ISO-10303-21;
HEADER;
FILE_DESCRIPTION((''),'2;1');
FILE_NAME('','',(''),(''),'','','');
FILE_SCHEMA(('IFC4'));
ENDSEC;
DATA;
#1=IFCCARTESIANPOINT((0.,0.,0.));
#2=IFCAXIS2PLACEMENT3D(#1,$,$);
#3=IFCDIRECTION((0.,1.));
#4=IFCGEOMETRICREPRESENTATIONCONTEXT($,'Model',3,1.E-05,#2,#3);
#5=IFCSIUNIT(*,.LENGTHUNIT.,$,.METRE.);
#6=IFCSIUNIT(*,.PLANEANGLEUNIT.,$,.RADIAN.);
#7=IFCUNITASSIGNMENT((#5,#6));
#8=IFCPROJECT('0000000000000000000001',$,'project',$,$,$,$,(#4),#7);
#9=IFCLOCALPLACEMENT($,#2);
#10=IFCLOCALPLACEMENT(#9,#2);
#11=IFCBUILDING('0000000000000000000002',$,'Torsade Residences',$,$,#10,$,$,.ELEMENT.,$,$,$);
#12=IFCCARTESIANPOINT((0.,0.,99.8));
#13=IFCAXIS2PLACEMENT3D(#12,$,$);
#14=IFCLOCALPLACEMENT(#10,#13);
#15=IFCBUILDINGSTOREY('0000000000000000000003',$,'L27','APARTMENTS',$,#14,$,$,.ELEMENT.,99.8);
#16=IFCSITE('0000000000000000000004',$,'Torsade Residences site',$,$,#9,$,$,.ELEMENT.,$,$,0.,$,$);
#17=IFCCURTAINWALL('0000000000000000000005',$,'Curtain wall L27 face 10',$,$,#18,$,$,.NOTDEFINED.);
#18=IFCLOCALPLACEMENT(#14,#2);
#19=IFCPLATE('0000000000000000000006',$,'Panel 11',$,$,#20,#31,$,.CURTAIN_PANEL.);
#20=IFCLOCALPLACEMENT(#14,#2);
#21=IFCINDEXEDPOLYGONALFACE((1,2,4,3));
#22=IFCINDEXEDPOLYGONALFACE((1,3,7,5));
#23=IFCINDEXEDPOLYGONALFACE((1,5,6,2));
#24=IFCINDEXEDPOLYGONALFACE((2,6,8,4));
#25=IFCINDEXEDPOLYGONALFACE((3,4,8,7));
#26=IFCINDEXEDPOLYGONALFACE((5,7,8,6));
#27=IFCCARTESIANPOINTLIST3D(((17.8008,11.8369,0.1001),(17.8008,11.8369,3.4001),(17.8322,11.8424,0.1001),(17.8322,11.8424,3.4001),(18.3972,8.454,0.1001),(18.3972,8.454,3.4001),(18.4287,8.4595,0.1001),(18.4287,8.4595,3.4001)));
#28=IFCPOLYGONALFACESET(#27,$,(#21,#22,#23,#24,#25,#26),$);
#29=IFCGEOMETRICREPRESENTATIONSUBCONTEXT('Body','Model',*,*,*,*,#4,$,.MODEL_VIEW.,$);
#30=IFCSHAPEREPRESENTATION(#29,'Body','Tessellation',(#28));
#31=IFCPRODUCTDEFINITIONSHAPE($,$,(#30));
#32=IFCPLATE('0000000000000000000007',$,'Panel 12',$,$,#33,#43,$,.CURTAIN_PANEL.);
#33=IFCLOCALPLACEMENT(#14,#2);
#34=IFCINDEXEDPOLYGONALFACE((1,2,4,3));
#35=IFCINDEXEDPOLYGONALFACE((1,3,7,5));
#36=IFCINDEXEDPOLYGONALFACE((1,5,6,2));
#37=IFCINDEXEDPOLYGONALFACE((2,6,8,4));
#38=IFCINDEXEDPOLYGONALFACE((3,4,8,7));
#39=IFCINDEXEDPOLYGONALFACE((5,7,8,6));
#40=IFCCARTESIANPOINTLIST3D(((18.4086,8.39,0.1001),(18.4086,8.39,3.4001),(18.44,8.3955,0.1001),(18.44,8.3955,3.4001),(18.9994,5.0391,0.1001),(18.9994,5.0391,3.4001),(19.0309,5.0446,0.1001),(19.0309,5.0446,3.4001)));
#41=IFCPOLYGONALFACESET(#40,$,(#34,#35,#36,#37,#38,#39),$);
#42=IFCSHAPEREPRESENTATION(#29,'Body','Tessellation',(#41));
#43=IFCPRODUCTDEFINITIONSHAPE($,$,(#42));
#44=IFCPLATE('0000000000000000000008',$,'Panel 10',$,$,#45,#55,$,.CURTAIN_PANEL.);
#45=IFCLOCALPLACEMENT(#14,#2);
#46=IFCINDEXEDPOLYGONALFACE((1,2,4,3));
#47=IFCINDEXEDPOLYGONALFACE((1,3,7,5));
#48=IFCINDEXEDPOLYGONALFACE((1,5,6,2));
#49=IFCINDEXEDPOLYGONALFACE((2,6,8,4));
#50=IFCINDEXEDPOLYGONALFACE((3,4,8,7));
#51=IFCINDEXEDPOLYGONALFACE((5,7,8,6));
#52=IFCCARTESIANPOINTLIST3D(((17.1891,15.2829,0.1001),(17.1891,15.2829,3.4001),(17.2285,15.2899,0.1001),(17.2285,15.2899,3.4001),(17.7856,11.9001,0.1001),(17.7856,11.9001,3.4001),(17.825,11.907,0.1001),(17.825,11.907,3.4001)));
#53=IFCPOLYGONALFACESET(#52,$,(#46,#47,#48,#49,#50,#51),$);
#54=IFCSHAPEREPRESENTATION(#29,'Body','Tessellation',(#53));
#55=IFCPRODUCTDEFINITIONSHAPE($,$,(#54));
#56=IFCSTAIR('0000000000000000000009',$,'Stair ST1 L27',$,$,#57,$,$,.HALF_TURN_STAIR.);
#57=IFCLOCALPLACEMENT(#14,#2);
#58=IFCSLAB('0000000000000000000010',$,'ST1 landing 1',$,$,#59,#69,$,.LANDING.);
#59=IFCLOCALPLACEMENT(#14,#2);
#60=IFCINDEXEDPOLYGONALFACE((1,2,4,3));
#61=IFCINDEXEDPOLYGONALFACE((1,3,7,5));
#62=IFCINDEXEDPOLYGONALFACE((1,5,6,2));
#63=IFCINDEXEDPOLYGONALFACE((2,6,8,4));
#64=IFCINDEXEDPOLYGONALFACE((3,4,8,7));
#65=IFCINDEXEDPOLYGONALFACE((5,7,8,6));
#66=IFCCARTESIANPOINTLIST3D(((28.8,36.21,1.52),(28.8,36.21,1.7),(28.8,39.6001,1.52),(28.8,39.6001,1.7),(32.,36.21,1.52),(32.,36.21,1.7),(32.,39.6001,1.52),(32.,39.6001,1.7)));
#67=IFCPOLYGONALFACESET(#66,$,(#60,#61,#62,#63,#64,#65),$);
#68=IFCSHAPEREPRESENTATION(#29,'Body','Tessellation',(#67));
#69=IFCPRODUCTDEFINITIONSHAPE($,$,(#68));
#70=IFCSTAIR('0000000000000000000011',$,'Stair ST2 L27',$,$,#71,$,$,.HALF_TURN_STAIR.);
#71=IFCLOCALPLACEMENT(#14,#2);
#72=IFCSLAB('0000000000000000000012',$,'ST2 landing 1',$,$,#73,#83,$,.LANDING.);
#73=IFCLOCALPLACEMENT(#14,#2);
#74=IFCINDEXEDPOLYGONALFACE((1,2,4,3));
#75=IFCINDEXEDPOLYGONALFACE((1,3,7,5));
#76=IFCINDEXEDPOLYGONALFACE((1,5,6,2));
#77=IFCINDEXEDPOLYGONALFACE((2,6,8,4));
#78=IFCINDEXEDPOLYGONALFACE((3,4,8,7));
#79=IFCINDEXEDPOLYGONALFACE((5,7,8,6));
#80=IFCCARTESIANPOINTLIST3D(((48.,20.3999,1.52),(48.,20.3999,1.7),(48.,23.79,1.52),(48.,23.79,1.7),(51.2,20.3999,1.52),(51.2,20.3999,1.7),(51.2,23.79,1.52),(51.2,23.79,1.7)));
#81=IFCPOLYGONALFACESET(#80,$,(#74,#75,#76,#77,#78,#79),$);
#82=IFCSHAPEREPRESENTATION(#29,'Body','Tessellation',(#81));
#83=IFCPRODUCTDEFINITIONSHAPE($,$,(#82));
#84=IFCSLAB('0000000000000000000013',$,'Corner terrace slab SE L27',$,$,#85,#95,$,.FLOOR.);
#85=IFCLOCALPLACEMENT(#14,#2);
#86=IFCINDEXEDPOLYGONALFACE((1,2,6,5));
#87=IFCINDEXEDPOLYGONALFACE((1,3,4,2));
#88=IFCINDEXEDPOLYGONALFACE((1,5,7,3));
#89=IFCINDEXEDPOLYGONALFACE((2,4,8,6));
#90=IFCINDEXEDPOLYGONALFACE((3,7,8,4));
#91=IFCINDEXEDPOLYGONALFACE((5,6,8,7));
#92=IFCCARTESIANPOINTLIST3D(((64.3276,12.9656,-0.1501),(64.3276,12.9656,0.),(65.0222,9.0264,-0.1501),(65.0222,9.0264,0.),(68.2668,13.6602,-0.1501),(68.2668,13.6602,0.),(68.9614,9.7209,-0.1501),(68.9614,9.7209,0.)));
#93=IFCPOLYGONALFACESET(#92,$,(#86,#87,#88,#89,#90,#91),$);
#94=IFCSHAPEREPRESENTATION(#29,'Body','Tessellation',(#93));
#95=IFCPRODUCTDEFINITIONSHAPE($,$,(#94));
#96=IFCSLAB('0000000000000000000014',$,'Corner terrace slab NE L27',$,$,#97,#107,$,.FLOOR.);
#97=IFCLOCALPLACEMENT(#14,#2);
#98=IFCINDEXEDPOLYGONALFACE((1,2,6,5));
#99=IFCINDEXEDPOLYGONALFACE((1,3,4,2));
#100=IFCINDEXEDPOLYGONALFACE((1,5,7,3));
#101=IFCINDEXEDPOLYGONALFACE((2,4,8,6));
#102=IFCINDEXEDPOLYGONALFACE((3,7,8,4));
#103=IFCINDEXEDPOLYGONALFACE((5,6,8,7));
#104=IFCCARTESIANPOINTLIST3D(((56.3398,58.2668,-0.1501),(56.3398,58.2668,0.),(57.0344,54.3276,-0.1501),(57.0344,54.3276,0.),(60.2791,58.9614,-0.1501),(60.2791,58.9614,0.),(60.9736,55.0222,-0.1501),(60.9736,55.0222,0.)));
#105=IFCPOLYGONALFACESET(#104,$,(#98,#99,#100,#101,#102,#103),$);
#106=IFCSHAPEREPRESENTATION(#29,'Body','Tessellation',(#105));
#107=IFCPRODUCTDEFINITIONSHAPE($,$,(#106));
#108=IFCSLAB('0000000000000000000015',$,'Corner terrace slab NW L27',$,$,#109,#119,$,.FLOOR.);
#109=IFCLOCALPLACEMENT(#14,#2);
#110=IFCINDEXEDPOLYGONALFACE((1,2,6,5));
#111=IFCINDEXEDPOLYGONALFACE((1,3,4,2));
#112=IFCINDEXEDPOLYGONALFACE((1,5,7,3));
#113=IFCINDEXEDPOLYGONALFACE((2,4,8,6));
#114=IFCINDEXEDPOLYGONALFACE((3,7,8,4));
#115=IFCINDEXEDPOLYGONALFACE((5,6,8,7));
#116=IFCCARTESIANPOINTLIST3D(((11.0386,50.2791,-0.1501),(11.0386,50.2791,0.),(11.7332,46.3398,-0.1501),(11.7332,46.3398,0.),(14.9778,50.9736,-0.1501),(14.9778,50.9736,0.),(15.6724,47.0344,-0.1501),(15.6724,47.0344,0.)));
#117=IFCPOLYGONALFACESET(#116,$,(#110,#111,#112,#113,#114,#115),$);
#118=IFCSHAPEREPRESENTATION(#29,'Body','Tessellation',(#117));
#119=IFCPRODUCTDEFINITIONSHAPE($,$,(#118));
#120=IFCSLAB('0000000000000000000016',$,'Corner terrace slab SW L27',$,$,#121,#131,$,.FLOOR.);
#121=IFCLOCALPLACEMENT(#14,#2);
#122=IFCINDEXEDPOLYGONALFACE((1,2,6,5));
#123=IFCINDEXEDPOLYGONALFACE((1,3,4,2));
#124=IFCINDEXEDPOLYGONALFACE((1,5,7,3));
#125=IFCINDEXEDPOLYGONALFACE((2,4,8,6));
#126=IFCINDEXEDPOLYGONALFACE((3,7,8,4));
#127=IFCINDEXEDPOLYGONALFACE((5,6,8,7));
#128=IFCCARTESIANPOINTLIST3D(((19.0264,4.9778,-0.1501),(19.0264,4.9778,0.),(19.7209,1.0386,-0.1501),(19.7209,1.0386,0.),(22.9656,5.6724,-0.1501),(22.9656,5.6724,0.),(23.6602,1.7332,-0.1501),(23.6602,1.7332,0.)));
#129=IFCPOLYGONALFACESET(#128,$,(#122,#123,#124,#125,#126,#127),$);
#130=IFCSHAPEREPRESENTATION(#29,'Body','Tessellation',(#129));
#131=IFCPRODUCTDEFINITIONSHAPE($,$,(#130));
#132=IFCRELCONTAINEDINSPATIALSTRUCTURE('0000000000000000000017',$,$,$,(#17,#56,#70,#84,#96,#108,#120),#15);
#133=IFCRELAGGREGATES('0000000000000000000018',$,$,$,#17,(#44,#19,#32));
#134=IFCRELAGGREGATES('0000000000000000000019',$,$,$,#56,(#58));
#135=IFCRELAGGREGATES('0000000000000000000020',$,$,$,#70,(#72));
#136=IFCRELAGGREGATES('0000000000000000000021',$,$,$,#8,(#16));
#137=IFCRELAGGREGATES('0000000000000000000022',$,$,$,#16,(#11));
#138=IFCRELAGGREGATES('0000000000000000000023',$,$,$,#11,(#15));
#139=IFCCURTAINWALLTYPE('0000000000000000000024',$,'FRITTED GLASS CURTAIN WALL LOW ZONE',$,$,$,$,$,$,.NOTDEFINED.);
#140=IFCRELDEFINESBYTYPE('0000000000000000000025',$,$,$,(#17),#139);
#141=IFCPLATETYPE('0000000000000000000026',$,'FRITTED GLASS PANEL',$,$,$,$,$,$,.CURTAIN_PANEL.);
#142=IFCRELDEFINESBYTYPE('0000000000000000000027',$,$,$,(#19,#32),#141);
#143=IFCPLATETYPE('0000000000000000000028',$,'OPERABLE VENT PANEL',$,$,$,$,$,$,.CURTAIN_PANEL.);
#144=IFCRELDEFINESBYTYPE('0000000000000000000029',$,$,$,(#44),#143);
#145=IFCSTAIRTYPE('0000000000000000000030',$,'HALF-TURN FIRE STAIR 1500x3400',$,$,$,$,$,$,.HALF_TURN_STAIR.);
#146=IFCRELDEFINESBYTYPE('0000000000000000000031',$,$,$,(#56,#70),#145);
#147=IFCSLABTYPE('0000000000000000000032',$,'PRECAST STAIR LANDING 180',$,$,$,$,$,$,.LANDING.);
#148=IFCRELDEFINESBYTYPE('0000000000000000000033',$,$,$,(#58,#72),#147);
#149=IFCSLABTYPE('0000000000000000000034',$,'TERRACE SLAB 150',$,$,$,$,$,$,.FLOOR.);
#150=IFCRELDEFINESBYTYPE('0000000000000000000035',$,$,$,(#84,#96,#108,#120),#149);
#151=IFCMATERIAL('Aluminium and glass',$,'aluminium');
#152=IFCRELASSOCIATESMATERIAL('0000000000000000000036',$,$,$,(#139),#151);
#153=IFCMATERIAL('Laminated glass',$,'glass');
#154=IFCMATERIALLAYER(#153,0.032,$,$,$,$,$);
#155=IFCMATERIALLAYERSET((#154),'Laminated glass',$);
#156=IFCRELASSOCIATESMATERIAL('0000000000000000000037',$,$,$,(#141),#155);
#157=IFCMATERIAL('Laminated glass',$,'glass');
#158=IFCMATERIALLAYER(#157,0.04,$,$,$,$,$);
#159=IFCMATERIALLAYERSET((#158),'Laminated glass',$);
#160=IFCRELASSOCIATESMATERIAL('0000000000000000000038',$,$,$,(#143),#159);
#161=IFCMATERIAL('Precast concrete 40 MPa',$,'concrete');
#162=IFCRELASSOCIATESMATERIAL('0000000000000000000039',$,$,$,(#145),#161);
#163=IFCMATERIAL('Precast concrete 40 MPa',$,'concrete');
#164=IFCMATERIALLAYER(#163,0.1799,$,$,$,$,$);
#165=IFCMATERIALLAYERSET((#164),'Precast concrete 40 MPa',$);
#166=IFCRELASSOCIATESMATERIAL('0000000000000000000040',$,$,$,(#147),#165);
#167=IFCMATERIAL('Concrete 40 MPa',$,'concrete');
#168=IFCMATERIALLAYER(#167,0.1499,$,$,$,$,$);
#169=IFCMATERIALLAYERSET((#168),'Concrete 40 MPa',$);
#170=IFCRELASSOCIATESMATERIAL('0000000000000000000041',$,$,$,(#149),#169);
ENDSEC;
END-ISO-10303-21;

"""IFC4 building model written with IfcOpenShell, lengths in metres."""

from ifc_helpers import new_model, si_unit, direction, frame, origin, origin_2d, place, context, subcontext, project, spatial, polyline, rectangle, outline, extrude, material, layer, layer_set, type_object, element, aggregate, save


model = new_model("IFC4")

# Units and contexts
model_context = context("Model", 3, precision=1e-05, world=origin(), true_north=direction((0.0, 1.0)))
body_context = subcontext(model_context, "Body", "Model", "MODEL_VIEW")
ifc_project = project(units=[si_unit("LENGTHUNIT", "METRE"), si_unit("PLANEANGLEUNIT", "RADIAN")], contexts=[model_context])

# Site, building, storey
site_placement = place(None, origin())
site = spatial("IfcSite", under=ifc_project, at=site_placement, Name="Torsade Residences site", CompositionType="ELEMENT", RefElevation=0.0)
building_placement = place(site_placement, origin())
building = spatial("IfcBuilding", under=site, at=building_placement, Name="Torsade Residences", CompositionType="ELEMENT")
storey_placement = place(building_placement, frame((0.0, 0.0, 99.8)))
storey = spatial("IfcBuildingStorey", under=building, at=storey_placement, Name="L27", Description="APARTMENTS", CompositionType="ELEMENT", Elevation=99.8)

# Curtain wall
ifc_material_1 = material(Name="Aluminium and glass", Category="aluminium")
curtain_wall_type = type_object("IfcCurtainWallType", Name="FRITTED GLASS CURTAIN WALL LOW ZONE", PredefinedType="NOTDEFINED", material=ifc_material_1)
curtain_wall_placement = place(storey_placement, origin())
curtain_wall = element("IfcCurtainWall", 1, at=curtain_wall_placement, inside=storey, type_object=curtain_wall_type, Name="Curtain wall L27 face 10", PredefinedType="NOTDEFINED")

# Plates
ifc_material_2 = material(Name="Laminated glass", Category="glass")
ifc_layer_1 = layer(ifc_material_2, 0.032)
ifc_layer_set_1 = layer_set([ifc_layer_1], Name="Laminated glass")
plate_type_1 = type_object("IfcPlateType", Name="FRITTED GLASS PANEL", PredefinedType="CURTAIN_PANEL", material=ifc_layer_set_1)
plate_1_placement = place(storey_placement, frame((18.1147, 10.1482, 0.1001), z_axis=(0.0, 0.0, 1.0), x_axis=(0.173648, -0.984808, 0.0)))
plate_1 = element("IfcPlate", 2, at=plate_1_placement, type_object=plate_type_1, Name="Panel 11", PredefinedType="CURTAIN_PANEL", context=body_context, shape_type="SweptSolid", body=[
    extrude(rectangle(XDim=3.4351, YDim=0.032, at=origin_2d()), origin(), (0.0, 0.0, 1.0), 3.3),
])
plate_2_placement = place(storey_placement, frame((18.7197, 6.7173, 0.1001), z_axis=(0.0, 0.0, 1.0), x_axis=(0.173648, -0.984808, 0.0)))
plate_2 = element("IfcPlate", 3, at=plate_2_placement, type_object=plate_type_1, Name="Panel 12", PredefinedType="CURTAIN_PANEL", context=body_context, shape_type="SweptSolid", body=[
    extrude(rectangle(XDim=3.4026, YDim=0.032, at=origin_2d()), origin(), (0.0, 0.0, 1.0), 3.3),
])
ifc_material_3 = material(Name="Laminated glass", Category="glass")
ifc_layer_2 = layer(ifc_material_3, 0.04)
ifc_layer_set_2 = layer_set([ifc_layer_2], Name="Laminated glass")
plate_type_2 = type_object("IfcPlateType", Name="OPERABLE VENT PANEL", PredefinedType="CURTAIN_PANEL", material=ifc_layer_set_2)
plate_3_placement = place(storey_placement, frame((17.5071, 13.595, 0.1001), z_axis=(0.0, 0.0, 1.0), x_axis=(0.173648, -0.984808, 0.0)))
plate_3 = element("IfcPlate", 4, at=plate_3_placement, type_object=plate_type_2, Name="Panel 10", PredefinedType="CURTAIN_PANEL", context=body_context, shape_type="SweptSolid", body=[
    extrude(rectangle(XDim=3.4351, YDim=0.04, at=origin_2d()), origin(), (0.0, 0.0, 1.0), 3.3),
])
aggregate(curtain_wall, [plate_3, plate_1, plate_2])

# Stairs, slabs
ifc_material_4 = material(Name="Precast concrete 40 MPa", Category="concrete")
stair_type = type_object("IfcStairType", Name="HALF-TURN FIRE STAIR 1500x3400", PredefinedType="HALF_TURN_STAIR", material=ifc_material_4)
stair_1_placement = place(storey_placement, origin())
stair_1 = element("IfcStair", 5, at=stair_1_placement, inside=storey, type_object=stair_type, Name="Stair ST1 L27", PredefinedType="HALF_TURN_STAIR")
ifc_material_5 = material(Name="Precast concrete 40 MPa", Category="concrete")
ifc_layer_3 = layer(ifc_material_5, 0.1799)
ifc_layer_set_3 = layer_set([ifc_layer_3], Name="Precast concrete 40 MPa")
slab_type_1 = type_object("IfcSlabType", Name="PRECAST STAIR LANDING 180", PredefinedType="LANDING", material=ifc_layer_set_3)
slab_1_placement = place(storey_placement, frame((0.0, 0.0, 1.52)))
slab_1 = element("IfcSlab", 6, at=slab_1_placement, type_object=slab_type_1, Name="ST1 landing 1", PredefinedType="LANDING", context=body_context, shape_type="SweptSolid", body=[
    extrude(outline(polyline([(28.8, 36.21), (32.0, 36.21), (32.0, 39.6001), (28.8, 39.6001), (28.8, 36.21)])), origin(), (0.0, 0.0, 1.0), 0.1799),
])
aggregate(stair_1, [slab_1])
stair_2_placement = place(storey_placement, origin())
stair_2 = element("IfcStair", 7, at=stair_2_placement, inside=storey, type_object=stair_type, Name="Stair ST2 L27", PredefinedType="HALF_TURN_STAIR")
slab_2_placement = place(storey_placement, frame((0.0, 0.0, 1.52)))
slab_2 = element("IfcSlab", 8, at=slab_2_placement, type_object=slab_type_1, Name="ST2 landing 1", PredefinedType="LANDING", context=body_context, shape_type="SweptSolid", body=[
    extrude(outline(polyline([(48.0, 20.3999), (51.2, 20.3999), (51.2, 23.79), (48.0, 23.79), (48.0, 20.3999)])), origin(), (0.0, 0.0, 1.0), 0.1799),
])
aggregate(stair_2, [slab_2])

# Slabs
ifc_material_6 = material(Name="Concrete 40 MPa", Category="concrete")
ifc_layer_4 = layer(ifc_material_6, 0.1499)
ifc_layer_set_4 = layer_set([ifc_layer_4], Name="Concrete 40 MPa")
slab_type_2 = type_object("IfcSlabType", Name="TERRACE SLAB 150", PredefinedType="FLOOR", material=ifc_layer_set_4)
slab_3_placement = place(storey_placement, frame((0.0, 0.0, -0.1501)))
element("IfcSlab", 9, at=slab_3_placement, inside=storey, type_object=slab_type_2, Name="Corner terrace slab SE L27", PredefinedType="FLOOR", context=body_context, shape_type="SweptSolid", body=[
    extrude(outline(polyline([(65.0222, 9.0264), (68.9614, 9.7209), (68.2668, 13.6602), (64.3276, 12.9656), (65.0222, 9.0264)])), origin(), (0.0, 0.0, 1.0), 0.1501),
])
slab_4_placement = place(storey_placement, frame((0.0, 0.0, -0.1501)))
element("IfcSlab", 10, at=slab_4_placement, inside=storey, type_object=slab_type_2, Name="Corner terrace slab NE L27", PredefinedType="FLOOR", context=body_context, shape_type="SweptSolid", body=[
    extrude(outline(polyline([(57.0344, 54.3276), (60.9736, 55.0222), (60.2791, 58.9614), (56.3398, 58.2668), (57.0344, 54.3276)])), origin(), (0.0, 0.0, 1.0), 0.1501),
])
slab_5_placement = place(storey_placement, frame((0.0, 0.0, -0.1501)))
element("IfcSlab", 11, at=slab_5_placement, inside=storey, type_object=slab_type_2, Name="Corner terrace slab NW L27", PredefinedType="FLOOR", context=body_context, shape_type="SweptSolid", body=[
    extrude(outline(polyline([(11.7332, 46.3398), (15.6724, 47.0344), (14.9778, 50.9736), (11.0386, 50.2791), (11.7332, 46.3398)])), origin(), (0.0, 0.0, 1.0), 0.1501),
])
slab_6_placement = place(storey_placement, frame((0.0, 0.0, -0.1501)))
element("IfcSlab", 12, at=slab_6_placement, inside=storey, type_object=slab_type_2, Name="Corner terrace slab SW L27", PredefinedType="FLOOR", context=body_context, shape_type="SweptSolid", body=[
    extrude(outline(polyline([(19.7209, 1.0386), (23.6602, 1.7332), (22.9656, 5.6724), (19.0264, 4.9778), (19.7209, 1.0386)])), origin(), (0.0, 0.0, 1.0), 0.1501),
])

save(model, "model.ifc")
